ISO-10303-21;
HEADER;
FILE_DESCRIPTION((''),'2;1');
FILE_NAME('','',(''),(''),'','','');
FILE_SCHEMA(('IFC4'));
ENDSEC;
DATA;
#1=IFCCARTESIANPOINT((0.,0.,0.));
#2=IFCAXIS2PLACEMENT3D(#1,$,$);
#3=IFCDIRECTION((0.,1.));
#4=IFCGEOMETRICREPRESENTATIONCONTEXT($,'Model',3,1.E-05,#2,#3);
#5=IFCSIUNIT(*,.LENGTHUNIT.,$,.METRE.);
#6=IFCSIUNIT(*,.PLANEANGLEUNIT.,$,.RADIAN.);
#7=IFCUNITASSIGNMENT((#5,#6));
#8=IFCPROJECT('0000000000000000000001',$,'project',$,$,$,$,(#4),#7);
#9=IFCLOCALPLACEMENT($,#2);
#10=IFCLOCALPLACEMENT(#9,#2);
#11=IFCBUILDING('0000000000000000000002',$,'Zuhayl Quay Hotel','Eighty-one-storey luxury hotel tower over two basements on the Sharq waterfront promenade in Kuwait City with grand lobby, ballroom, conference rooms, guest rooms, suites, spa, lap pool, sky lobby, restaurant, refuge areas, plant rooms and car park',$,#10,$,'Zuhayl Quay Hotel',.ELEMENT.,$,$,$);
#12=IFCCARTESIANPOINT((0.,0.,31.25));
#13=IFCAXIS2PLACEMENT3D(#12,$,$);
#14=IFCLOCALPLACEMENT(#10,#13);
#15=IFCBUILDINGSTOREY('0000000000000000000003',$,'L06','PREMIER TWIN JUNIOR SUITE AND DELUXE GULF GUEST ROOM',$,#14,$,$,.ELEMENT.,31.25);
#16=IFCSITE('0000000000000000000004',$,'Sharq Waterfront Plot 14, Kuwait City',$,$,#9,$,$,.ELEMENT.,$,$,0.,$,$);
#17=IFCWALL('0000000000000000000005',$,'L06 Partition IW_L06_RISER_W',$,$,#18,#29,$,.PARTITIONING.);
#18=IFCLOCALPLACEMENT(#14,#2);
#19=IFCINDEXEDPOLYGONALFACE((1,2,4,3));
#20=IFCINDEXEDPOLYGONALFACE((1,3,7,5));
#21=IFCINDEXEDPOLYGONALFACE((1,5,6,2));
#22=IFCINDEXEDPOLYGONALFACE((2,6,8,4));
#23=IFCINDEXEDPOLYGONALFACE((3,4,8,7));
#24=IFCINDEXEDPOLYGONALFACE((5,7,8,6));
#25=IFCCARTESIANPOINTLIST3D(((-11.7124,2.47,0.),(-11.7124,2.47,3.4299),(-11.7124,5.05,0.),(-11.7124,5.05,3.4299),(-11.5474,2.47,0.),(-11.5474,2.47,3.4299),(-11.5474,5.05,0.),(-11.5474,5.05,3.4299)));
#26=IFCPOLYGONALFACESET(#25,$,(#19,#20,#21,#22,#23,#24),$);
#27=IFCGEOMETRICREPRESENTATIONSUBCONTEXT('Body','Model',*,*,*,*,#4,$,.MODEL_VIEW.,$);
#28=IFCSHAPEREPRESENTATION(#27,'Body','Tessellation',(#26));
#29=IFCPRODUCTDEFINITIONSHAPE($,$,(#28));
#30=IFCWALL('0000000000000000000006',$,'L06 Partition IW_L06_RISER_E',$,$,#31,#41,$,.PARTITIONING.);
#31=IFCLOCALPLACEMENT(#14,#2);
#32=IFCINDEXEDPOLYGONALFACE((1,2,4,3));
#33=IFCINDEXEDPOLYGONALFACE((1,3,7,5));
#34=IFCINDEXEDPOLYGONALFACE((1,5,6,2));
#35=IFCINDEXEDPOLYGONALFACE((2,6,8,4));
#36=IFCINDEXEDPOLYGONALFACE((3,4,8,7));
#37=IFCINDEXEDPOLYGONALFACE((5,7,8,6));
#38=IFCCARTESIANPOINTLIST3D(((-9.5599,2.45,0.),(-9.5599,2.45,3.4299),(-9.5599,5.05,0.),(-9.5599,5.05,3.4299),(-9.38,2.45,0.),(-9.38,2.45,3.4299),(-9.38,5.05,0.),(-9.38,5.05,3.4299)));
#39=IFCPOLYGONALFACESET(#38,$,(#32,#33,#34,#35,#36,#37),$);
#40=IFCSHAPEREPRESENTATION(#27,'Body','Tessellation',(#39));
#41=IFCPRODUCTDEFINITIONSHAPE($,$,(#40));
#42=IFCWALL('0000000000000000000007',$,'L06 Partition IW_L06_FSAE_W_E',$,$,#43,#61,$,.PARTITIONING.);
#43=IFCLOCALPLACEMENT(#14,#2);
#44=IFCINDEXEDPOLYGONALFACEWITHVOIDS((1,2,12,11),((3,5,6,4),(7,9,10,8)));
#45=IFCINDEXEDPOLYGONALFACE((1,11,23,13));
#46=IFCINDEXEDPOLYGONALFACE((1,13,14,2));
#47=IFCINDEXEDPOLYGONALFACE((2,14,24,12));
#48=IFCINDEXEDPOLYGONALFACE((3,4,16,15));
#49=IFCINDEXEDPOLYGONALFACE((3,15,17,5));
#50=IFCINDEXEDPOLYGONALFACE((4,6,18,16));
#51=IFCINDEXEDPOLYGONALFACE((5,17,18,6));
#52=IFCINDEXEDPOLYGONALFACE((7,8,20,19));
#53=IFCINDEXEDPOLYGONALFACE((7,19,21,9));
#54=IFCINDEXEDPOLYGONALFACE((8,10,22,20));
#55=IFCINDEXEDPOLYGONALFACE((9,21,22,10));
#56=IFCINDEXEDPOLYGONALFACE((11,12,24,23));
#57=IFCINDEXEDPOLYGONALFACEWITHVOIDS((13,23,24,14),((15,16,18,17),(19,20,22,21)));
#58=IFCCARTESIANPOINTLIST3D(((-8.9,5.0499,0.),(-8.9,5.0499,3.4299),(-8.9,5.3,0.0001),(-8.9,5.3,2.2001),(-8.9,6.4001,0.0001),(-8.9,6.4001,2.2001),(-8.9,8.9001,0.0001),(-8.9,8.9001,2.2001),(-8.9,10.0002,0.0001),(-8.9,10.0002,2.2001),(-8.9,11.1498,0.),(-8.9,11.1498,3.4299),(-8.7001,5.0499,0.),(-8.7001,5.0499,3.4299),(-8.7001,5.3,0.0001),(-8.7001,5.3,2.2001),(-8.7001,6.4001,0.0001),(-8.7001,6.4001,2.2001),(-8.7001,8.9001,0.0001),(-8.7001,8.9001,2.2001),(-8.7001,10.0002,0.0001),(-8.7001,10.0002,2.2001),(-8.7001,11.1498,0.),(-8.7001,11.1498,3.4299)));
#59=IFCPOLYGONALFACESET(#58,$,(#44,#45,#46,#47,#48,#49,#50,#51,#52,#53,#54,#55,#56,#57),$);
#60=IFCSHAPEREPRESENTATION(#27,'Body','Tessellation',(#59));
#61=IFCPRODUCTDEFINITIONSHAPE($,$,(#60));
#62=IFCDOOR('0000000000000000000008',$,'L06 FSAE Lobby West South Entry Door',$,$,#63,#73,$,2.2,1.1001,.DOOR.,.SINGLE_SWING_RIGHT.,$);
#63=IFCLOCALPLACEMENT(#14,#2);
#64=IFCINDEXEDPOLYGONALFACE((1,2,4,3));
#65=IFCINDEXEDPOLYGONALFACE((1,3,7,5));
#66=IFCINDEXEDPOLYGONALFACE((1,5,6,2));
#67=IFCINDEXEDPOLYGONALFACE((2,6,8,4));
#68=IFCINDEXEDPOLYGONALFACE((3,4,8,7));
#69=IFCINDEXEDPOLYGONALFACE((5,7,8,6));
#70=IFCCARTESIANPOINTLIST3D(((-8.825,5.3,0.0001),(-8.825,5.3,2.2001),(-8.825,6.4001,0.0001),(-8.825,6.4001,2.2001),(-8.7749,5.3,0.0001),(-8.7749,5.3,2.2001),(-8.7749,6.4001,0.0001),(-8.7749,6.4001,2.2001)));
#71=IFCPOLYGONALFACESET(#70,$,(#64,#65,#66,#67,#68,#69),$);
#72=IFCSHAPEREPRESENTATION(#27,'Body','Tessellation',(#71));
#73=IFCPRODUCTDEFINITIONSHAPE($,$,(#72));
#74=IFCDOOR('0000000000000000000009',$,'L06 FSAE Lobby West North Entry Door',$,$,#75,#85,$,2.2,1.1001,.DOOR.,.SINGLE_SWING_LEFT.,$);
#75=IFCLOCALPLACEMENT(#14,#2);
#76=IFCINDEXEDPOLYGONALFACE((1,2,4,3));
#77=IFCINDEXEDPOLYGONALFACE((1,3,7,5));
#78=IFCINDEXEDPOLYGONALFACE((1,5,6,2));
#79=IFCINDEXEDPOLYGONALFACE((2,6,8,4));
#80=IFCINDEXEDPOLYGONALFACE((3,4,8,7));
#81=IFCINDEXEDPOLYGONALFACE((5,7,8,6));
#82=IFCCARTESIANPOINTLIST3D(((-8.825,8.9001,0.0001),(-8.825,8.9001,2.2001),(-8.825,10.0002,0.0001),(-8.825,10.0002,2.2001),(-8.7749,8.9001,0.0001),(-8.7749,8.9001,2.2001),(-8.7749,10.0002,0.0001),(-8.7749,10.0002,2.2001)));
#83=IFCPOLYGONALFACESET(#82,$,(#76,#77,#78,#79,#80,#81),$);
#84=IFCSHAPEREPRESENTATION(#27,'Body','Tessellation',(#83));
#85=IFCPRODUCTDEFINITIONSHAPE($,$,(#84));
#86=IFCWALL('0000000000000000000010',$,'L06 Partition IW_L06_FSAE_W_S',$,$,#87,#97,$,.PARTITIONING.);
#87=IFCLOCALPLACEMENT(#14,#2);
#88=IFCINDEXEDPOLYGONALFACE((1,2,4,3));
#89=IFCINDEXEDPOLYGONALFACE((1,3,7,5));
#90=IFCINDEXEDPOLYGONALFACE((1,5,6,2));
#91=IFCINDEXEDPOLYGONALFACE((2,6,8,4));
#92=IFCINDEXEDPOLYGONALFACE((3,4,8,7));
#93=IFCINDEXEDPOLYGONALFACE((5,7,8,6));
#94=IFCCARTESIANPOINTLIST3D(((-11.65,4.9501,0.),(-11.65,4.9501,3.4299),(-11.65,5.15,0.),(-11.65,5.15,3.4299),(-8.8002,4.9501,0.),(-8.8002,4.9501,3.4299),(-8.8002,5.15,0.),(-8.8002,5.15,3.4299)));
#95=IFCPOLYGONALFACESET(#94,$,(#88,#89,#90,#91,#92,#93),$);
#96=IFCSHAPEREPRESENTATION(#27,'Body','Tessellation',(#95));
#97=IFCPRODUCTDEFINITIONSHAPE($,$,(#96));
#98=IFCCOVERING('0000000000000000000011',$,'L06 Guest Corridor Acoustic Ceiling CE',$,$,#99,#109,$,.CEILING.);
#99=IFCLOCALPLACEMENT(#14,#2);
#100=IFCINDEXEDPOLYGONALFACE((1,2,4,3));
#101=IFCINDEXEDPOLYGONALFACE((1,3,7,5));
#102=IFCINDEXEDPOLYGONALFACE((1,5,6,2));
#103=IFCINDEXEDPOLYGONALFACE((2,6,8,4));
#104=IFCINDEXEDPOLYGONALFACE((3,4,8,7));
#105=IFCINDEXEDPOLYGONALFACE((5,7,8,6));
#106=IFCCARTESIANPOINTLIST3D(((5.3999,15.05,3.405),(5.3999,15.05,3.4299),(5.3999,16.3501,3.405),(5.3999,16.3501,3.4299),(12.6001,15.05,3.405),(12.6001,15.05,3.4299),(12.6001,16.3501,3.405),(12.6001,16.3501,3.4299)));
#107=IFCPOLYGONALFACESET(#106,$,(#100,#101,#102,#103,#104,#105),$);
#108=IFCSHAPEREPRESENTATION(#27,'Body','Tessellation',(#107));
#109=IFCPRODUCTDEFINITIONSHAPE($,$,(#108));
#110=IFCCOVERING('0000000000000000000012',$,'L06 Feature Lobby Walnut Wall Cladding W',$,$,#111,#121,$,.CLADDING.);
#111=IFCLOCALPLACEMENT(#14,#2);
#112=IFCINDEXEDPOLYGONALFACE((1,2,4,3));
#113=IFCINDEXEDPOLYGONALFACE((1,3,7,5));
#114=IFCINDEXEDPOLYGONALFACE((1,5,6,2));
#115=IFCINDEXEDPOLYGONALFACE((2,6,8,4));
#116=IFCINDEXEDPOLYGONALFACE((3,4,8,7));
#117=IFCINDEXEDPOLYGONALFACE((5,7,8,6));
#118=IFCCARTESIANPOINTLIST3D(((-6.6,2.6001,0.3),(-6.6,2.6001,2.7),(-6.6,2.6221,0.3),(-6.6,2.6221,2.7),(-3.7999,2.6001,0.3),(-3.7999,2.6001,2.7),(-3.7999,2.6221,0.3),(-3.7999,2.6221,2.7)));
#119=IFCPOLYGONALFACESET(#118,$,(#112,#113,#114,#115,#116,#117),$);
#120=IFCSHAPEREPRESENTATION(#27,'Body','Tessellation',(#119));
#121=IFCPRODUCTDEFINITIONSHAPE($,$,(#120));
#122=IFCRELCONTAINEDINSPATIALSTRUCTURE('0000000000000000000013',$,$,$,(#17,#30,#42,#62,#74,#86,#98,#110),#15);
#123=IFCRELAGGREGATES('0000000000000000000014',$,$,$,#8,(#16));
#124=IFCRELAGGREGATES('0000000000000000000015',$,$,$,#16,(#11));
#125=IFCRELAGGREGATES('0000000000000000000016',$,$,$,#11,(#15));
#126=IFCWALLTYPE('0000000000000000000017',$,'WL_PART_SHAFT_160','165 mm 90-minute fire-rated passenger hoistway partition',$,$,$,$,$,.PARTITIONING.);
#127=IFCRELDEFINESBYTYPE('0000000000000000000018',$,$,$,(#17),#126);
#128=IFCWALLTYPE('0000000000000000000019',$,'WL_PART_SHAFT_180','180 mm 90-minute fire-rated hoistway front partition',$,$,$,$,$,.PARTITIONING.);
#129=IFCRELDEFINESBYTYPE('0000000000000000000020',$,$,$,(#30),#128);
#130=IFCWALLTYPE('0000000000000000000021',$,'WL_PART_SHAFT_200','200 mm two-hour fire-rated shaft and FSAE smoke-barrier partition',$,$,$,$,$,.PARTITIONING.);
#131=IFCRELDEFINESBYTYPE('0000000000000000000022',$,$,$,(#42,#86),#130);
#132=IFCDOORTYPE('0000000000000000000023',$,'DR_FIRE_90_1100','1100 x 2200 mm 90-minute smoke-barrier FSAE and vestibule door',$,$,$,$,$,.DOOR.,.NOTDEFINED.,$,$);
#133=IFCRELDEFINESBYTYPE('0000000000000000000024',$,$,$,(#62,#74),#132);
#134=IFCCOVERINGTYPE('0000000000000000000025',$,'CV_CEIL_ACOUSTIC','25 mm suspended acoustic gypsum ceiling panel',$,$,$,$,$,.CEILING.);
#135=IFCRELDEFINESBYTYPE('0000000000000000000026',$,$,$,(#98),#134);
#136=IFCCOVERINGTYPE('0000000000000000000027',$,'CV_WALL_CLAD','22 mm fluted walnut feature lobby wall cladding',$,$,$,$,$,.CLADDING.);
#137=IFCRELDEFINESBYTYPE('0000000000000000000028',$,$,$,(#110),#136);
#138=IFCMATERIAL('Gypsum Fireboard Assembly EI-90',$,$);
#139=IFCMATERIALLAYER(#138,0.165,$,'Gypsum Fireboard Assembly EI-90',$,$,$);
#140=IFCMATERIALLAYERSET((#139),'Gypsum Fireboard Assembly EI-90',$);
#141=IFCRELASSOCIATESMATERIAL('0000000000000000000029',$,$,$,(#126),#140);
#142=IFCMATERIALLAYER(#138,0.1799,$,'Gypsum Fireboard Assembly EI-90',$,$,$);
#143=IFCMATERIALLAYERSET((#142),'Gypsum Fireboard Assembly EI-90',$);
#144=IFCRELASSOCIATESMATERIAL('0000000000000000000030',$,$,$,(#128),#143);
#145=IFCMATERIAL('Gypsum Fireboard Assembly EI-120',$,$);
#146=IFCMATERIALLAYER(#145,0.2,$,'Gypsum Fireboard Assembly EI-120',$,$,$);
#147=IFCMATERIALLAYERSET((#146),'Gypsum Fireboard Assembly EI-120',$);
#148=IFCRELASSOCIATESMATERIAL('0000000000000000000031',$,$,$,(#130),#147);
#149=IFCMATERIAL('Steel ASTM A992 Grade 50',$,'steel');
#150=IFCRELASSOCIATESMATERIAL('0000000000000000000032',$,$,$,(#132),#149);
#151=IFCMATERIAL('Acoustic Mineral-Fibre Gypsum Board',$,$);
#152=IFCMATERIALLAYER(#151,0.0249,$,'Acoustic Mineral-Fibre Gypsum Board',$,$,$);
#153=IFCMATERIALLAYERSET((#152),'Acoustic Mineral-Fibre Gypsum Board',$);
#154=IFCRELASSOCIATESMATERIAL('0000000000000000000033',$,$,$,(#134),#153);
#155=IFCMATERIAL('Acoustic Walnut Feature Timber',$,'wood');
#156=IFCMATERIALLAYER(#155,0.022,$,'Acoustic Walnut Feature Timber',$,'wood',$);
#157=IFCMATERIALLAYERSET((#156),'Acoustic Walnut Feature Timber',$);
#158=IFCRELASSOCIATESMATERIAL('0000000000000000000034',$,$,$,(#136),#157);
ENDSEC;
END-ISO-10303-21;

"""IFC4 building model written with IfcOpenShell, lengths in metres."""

from ifc_helpers import new_model, si_unit, direction, frame, frame_2d, origin, origin_2d, place, context, subcontext, project, spatial, polyline, rectangle, outline, extrude, material, layer, layer_set, type_object, element, fill, save


model = new_model("IFC4")

# Units and contexts
model_context = context("Model", 3, precision=1e-05, world=origin(), true_north=direction((0.0, 1.0)))
body_context = subcontext(model_context, "Body", "Model", "MODEL_VIEW")
ifc_project = project(units=[si_unit("LENGTHUNIT", "METRE"), si_unit("PLANEANGLEUNIT", "RADIAN")], contexts=[model_context])

# Site, building, storey
site_placement = place(None, origin())
site = spatial("IfcSite", under=ifc_project, at=site_placement, Name="Sharq Waterfront Plot 14, Kuwait City", CompositionType="ELEMENT", RefElevation=0.0)
building_placement = place(site_placement, origin())
building = spatial("IfcBuilding", under=site, at=building_placement, Name="Zuhayl Quay Hotel", Description="Eighty-one-storey luxury hotel tower over two basements on the Sharq waterfront promenade in Kuwait City with grand lobby, ballroom, conference rooms, guest rooms, suites, spa, lap pool, sky lobby, restaurant, refuge areas, plant rooms and car park", LongName="Zuhayl Quay Hotel", CompositionType="ELEMENT")
storey_placement = place(building_placement, frame((0.0, 0.0, 31.25)))
storey = spatial("IfcBuildingStorey", under=building, at=storey_placement, Name="L06", Description="PREMIER TWIN JUNIOR SUITE AND DELUXE GULF GUEST ROOM", CompositionType="ELEMENT", Elevation=31.25)

# Shared definitions
ifc_material_1 = material(Name="Steel ASTM A992 Grade 50", Category="steel")

# Shared definitions
ifc_material_2 = material(Name="Gypsum Fireboard Assembly EI-90")
ifc_layer_1 = layer(ifc_material_2, 0.165, Name="Gypsum Fireboard Assembly EI-90")
ifc_layer_set_1 = layer_set([ifc_layer_1], Name="Gypsum Fireboard Assembly EI-90")
wall_type_1 = type_object("IfcWallType", Name="WL_PART_SHAFT_160", Description="165 mm 90-minute fire-rated passenger hoistway partition", PredefinedType="PARTITIONING", material=ifc_layer_set_1)

# Walls
wall_1_placement = place(storey_placement, frame((-11.6299, 2.47, 0.0), z_axis=(0.0, 0.0, 1.0), x_axis=(0.0, 1.0, 0.0)))
element("IfcWall", 1, at=wall_1_placement, inside=storey, type_object=wall_type_1, Name="L06 Partition IW_L06_RISER_W", PredefinedType="PARTITIONING", context=body_context, shape_type="SweptSolid", body=[
    extrude(rectangle(XDim=2.5801, YDim=0.165, at=frame_2d((1.29, 0.0))), origin(), (0.0, 0.0, 1.0), 3.4299),
])
ifc_layer_2 = layer(ifc_material_2, 0.1799, Name="Gypsum Fireboard Assembly EI-90")
ifc_layer_set_2 = layer_set([ifc_layer_2], Name="Gypsum Fireboard Assembly EI-90")
wall_type_2 = type_object("IfcWallType", Name="WL_PART_SHAFT_180", Description="180 mm 90-minute fire-rated hoistway front partition", PredefinedType="PARTITIONING", material=ifc_layer_set_2)
wall_2_placement = place(storey_placement, frame((-9.47, 2.45, 0.0), z_axis=(0.0, 0.0, 1.0), x_axis=(0.0, 1.0, 0.0)))
element("IfcWall", 2, at=wall_2_placement, inside=storey, type_object=wall_type_2, Name="L06 Partition IW_L06_RISER_E", PredefinedType="PARTITIONING", context=body_context, shape_type="SweptSolid", body=[
    extrude(rectangle(XDim=2.6001, YDim=0.1799, at=frame_2d((1.3, 0.0))), origin(), (0.0, 0.0, 1.0), 3.4299),
])

# Wall, openings, doors
ifc_material_3 = material(Name="Gypsum Fireboard Assembly EI-120")
ifc_layer_3 = layer(ifc_material_3, 0.2, Name="Gypsum Fireboard Assembly EI-120")
ifc_layer_set_3 = layer_set([ifc_layer_3], Name="Gypsum Fireboard Assembly EI-120")
wall_type_3 = type_object("IfcWallType", Name="WL_PART_SHAFT_200", Description="200 mm two-hour fire-rated shaft and FSAE smoke-barrier partition", PredefinedType="PARTITIONING", material=ifc_layer_set_3)
wall_3_placement = place(storey_placement, frame((-8.8, 5.05, 0.0), z_axis=(0.0, 0.0, 1.0), x_axis=(0.0, 1.0, 0.0)))
wall_3 = element("IfcWall", 3, at=wall_3_placement, inside=storey, type_object=wall_type_3, Name="L06 Partition IW_L06_FSAE_W_E", PredefinedType="PARTITIONING", context=body_context, shape_type="SweptSolid", body=[
    extrude(rectangle(XDim=6.0999, YDim=0.2, at=frame_2d((3.0498, 0.0))), origin(), (0.0, 0.0, 1.0), 3.4299),
])
opening_1_placement = place(wall_3_placement, frame((0.25, 0.0, 0.0)))
opening_1 = element("IfcOpeningElement", 4, at=opening_1_placement, cuts=wall_3, PredefinedType="OPENING", context=body_context, shape_type="SweptSolid", body=[
    extrude(rectangle(XDim=1.1001, YDim=2.2, at=frame_2d((0.55, 1.1001))), frame((0.0, 0.1099, 0.0), z_axis=(0.0, -1.0, 0.0), x_axis=(1.0, 0.0, 0.0)), (0.0, 0.0, 1.0), 0.22),
])
opening_2_placement = place(wall_3_placement, frame((3.8501, 0.0, 0.0)))
opening_2 = element("IfcOpeningElement", 5, at=opening_2_placement, cuts=wall_3, PredefinedType="OPENING", context=body_context, shape_type="SweptSolid", body=[
    extrude(rectangle(XDim=1.1001, YDim=2.2, at=frame_2d((0.55, 1.1001))), frame((0.0, 0.1099, 0.0), z_axis=(0.0, -1.0, 0.0), x_axis=(1.0, 0.0, 0.0)), (0.0, 0.0, 1.0), 0.22),
])
door_type_1 = type_object("IfcDoorType", Name="DR_FIRE_90_1100", Description="1100 x 2200 mm 90-minute smoke-barrier FSAE and vestibule door", OperationType="NOTDEFINED", PredefinedType="DOOR", material=ifc_material_1)
door_1_placement = place(opening_1_placement, origin())
door_1 = element("IfcDoor", 6, at=door_1_placement, inside=storey, type_object=door_type_1, Name="L06 FSAE Lobby West South Entry Door", OperationType="SINGLE_SWING_RIGHT", OverallHeight=2.2, OverallWidth=1.1001, PredefinedType="DOOR", context=body_context, shape_type="SweptSolid", body=[
    extrude(rectangle(XDim=1.1001, YDim=2.2, at=frame_2d((0.55, 1.1001))), frame((0.0, 0.0249, 0.0), z_axis=(0.0, -1.0, 0.0), x_axis=(1.0, 0.0, 0.0)), (0.0, 0.0, 1.0), 0.05),
])
fill(opening_1, door_1)
door_2_placement = place(opening_2_placement, origin())
door_2 = element("IfcDoor", 7, at=door_2_placement, inside=storey, type_object=door_type_1, Name="L06 FSAE Lobby West North Entry Door", OperationType="SINGLE_SWING_LEFT", OverallHeight=2.2, OverallWidth=1.1001, PredefinedType="DOOR", context=body_context, shape_type="SweptSolid", body=[
    extrude(rectangle(XDim=1.1001, YDim=2.2, at=frame_2d((0.55, 1.1001))), frame((0.0, 0.0249, 0.0), z_axis=(0.0, -1.0, 0.0), x_axis=(1.0, 0.0, 0.0)), (0.0, 0.0, 1.0), 0.05),
])
fill(opening_2, door_2)

# Wall
wall_4_placement = place(storey_placement, frame((-11.6499, 5.05, 0.0), z_axis=(0.0, 0.0, 1.0), x_axis=(1.0, 0.0, 0.0)))
element("IfcWall", 8, at=wall_4_placement, inside=storey, type_object=wall_type_3, Name="L06 Partition IW_L06_FSAE_W_S", PredefinedType="PARTITIONING", context=body_context, shape_type="SweptSolid", body=[
    extrude(rectangle(XDim=2.8499, YDim=0.2, at=frame_2d((1.4248, 0.0))), origin(), (0.0, 0.0, 1.0), 3.4299),
])

# Coverings
ifc_material_4 = material(Name="Acoustic Mineral-Fibre Gypsum Board")
ifc_layer_4 = layer(ifc_material_4, 0.0249, Name="Acoustic Mineral-Fibre Gypsum Board")
ifc_layer_set_4 = layer_set([ifc_layer_4], Name="Acoustic Mineral-Fibre Gypsum Board")
covering_type_1 = type_object("IfcCoveringType", Name="CV_CEIL_ACOUSTIC", Description="25 mm suspended acoustic gypsum ceiling panel", PredefinedType="CEILING", material=ifc_layer_set_4)
covering_1_placement = place(storey_placement, frame((0.0, 0.0, 3.405)))
element("IfcCovering", 9, at=covering_1_placement, inside=storey, type_object=covering_type_1, Name="L06 Guest Corridor Acoustic Ceiling CE", PredefinedType="CEILING", context=body_context, shape_type="SweptSolid", body=[
    extrude(outline(polyline([(5.3999, 15.05), (12.6001, 15.05), (12.6001, 16.3501), (5.3999, 16.3501), (5.3999, 15.05)])), origin(), (0.0, 0.0, 1.0), 0.0249),
])
ifc_material_5 = material(Name="Acoustic Walnut Feature Timber", Category="wood")
ifc_layer_5 = layer(ifc_material_5, 0.022, Name="Acoustic Walnut Feature Timber", Category="wood")
ifc_layer_set_5 = layer_set([ifc_layer_5], Name="Acoustic Walnut Feature Timber")
covering_type_2 = type_object("IfcCoveringType", Name="CV_WALL_CLAD", Description="22 mm fluted walnut feature lobby wall cladding", PredefinedType="CLADDING", material=ifc_layer_set_5)
covering_2_placement = place(storey_placement, frame((-5.2, 2.6111, 0.3), z_axis=(0.0, 0.0, 1.0), x_axis=(1.0, 0.0, 0.0)))
element("IfcCovering", 10, at=covering_2_placement, inside=storey, type_object=covering_type_2, Name="L06 Feature Lobby Walnut Wall Cladding W", PredefinedType="CLADDING", context=body_context, shape_type="SweptSolid", body=[
    extrude(rectangle(XDim=2.8, YDim=0.022, at=origin_2d()), origin(), (0.0, 0.0, 1.0), 2.3999),
])

save(model, "model.ifc")
